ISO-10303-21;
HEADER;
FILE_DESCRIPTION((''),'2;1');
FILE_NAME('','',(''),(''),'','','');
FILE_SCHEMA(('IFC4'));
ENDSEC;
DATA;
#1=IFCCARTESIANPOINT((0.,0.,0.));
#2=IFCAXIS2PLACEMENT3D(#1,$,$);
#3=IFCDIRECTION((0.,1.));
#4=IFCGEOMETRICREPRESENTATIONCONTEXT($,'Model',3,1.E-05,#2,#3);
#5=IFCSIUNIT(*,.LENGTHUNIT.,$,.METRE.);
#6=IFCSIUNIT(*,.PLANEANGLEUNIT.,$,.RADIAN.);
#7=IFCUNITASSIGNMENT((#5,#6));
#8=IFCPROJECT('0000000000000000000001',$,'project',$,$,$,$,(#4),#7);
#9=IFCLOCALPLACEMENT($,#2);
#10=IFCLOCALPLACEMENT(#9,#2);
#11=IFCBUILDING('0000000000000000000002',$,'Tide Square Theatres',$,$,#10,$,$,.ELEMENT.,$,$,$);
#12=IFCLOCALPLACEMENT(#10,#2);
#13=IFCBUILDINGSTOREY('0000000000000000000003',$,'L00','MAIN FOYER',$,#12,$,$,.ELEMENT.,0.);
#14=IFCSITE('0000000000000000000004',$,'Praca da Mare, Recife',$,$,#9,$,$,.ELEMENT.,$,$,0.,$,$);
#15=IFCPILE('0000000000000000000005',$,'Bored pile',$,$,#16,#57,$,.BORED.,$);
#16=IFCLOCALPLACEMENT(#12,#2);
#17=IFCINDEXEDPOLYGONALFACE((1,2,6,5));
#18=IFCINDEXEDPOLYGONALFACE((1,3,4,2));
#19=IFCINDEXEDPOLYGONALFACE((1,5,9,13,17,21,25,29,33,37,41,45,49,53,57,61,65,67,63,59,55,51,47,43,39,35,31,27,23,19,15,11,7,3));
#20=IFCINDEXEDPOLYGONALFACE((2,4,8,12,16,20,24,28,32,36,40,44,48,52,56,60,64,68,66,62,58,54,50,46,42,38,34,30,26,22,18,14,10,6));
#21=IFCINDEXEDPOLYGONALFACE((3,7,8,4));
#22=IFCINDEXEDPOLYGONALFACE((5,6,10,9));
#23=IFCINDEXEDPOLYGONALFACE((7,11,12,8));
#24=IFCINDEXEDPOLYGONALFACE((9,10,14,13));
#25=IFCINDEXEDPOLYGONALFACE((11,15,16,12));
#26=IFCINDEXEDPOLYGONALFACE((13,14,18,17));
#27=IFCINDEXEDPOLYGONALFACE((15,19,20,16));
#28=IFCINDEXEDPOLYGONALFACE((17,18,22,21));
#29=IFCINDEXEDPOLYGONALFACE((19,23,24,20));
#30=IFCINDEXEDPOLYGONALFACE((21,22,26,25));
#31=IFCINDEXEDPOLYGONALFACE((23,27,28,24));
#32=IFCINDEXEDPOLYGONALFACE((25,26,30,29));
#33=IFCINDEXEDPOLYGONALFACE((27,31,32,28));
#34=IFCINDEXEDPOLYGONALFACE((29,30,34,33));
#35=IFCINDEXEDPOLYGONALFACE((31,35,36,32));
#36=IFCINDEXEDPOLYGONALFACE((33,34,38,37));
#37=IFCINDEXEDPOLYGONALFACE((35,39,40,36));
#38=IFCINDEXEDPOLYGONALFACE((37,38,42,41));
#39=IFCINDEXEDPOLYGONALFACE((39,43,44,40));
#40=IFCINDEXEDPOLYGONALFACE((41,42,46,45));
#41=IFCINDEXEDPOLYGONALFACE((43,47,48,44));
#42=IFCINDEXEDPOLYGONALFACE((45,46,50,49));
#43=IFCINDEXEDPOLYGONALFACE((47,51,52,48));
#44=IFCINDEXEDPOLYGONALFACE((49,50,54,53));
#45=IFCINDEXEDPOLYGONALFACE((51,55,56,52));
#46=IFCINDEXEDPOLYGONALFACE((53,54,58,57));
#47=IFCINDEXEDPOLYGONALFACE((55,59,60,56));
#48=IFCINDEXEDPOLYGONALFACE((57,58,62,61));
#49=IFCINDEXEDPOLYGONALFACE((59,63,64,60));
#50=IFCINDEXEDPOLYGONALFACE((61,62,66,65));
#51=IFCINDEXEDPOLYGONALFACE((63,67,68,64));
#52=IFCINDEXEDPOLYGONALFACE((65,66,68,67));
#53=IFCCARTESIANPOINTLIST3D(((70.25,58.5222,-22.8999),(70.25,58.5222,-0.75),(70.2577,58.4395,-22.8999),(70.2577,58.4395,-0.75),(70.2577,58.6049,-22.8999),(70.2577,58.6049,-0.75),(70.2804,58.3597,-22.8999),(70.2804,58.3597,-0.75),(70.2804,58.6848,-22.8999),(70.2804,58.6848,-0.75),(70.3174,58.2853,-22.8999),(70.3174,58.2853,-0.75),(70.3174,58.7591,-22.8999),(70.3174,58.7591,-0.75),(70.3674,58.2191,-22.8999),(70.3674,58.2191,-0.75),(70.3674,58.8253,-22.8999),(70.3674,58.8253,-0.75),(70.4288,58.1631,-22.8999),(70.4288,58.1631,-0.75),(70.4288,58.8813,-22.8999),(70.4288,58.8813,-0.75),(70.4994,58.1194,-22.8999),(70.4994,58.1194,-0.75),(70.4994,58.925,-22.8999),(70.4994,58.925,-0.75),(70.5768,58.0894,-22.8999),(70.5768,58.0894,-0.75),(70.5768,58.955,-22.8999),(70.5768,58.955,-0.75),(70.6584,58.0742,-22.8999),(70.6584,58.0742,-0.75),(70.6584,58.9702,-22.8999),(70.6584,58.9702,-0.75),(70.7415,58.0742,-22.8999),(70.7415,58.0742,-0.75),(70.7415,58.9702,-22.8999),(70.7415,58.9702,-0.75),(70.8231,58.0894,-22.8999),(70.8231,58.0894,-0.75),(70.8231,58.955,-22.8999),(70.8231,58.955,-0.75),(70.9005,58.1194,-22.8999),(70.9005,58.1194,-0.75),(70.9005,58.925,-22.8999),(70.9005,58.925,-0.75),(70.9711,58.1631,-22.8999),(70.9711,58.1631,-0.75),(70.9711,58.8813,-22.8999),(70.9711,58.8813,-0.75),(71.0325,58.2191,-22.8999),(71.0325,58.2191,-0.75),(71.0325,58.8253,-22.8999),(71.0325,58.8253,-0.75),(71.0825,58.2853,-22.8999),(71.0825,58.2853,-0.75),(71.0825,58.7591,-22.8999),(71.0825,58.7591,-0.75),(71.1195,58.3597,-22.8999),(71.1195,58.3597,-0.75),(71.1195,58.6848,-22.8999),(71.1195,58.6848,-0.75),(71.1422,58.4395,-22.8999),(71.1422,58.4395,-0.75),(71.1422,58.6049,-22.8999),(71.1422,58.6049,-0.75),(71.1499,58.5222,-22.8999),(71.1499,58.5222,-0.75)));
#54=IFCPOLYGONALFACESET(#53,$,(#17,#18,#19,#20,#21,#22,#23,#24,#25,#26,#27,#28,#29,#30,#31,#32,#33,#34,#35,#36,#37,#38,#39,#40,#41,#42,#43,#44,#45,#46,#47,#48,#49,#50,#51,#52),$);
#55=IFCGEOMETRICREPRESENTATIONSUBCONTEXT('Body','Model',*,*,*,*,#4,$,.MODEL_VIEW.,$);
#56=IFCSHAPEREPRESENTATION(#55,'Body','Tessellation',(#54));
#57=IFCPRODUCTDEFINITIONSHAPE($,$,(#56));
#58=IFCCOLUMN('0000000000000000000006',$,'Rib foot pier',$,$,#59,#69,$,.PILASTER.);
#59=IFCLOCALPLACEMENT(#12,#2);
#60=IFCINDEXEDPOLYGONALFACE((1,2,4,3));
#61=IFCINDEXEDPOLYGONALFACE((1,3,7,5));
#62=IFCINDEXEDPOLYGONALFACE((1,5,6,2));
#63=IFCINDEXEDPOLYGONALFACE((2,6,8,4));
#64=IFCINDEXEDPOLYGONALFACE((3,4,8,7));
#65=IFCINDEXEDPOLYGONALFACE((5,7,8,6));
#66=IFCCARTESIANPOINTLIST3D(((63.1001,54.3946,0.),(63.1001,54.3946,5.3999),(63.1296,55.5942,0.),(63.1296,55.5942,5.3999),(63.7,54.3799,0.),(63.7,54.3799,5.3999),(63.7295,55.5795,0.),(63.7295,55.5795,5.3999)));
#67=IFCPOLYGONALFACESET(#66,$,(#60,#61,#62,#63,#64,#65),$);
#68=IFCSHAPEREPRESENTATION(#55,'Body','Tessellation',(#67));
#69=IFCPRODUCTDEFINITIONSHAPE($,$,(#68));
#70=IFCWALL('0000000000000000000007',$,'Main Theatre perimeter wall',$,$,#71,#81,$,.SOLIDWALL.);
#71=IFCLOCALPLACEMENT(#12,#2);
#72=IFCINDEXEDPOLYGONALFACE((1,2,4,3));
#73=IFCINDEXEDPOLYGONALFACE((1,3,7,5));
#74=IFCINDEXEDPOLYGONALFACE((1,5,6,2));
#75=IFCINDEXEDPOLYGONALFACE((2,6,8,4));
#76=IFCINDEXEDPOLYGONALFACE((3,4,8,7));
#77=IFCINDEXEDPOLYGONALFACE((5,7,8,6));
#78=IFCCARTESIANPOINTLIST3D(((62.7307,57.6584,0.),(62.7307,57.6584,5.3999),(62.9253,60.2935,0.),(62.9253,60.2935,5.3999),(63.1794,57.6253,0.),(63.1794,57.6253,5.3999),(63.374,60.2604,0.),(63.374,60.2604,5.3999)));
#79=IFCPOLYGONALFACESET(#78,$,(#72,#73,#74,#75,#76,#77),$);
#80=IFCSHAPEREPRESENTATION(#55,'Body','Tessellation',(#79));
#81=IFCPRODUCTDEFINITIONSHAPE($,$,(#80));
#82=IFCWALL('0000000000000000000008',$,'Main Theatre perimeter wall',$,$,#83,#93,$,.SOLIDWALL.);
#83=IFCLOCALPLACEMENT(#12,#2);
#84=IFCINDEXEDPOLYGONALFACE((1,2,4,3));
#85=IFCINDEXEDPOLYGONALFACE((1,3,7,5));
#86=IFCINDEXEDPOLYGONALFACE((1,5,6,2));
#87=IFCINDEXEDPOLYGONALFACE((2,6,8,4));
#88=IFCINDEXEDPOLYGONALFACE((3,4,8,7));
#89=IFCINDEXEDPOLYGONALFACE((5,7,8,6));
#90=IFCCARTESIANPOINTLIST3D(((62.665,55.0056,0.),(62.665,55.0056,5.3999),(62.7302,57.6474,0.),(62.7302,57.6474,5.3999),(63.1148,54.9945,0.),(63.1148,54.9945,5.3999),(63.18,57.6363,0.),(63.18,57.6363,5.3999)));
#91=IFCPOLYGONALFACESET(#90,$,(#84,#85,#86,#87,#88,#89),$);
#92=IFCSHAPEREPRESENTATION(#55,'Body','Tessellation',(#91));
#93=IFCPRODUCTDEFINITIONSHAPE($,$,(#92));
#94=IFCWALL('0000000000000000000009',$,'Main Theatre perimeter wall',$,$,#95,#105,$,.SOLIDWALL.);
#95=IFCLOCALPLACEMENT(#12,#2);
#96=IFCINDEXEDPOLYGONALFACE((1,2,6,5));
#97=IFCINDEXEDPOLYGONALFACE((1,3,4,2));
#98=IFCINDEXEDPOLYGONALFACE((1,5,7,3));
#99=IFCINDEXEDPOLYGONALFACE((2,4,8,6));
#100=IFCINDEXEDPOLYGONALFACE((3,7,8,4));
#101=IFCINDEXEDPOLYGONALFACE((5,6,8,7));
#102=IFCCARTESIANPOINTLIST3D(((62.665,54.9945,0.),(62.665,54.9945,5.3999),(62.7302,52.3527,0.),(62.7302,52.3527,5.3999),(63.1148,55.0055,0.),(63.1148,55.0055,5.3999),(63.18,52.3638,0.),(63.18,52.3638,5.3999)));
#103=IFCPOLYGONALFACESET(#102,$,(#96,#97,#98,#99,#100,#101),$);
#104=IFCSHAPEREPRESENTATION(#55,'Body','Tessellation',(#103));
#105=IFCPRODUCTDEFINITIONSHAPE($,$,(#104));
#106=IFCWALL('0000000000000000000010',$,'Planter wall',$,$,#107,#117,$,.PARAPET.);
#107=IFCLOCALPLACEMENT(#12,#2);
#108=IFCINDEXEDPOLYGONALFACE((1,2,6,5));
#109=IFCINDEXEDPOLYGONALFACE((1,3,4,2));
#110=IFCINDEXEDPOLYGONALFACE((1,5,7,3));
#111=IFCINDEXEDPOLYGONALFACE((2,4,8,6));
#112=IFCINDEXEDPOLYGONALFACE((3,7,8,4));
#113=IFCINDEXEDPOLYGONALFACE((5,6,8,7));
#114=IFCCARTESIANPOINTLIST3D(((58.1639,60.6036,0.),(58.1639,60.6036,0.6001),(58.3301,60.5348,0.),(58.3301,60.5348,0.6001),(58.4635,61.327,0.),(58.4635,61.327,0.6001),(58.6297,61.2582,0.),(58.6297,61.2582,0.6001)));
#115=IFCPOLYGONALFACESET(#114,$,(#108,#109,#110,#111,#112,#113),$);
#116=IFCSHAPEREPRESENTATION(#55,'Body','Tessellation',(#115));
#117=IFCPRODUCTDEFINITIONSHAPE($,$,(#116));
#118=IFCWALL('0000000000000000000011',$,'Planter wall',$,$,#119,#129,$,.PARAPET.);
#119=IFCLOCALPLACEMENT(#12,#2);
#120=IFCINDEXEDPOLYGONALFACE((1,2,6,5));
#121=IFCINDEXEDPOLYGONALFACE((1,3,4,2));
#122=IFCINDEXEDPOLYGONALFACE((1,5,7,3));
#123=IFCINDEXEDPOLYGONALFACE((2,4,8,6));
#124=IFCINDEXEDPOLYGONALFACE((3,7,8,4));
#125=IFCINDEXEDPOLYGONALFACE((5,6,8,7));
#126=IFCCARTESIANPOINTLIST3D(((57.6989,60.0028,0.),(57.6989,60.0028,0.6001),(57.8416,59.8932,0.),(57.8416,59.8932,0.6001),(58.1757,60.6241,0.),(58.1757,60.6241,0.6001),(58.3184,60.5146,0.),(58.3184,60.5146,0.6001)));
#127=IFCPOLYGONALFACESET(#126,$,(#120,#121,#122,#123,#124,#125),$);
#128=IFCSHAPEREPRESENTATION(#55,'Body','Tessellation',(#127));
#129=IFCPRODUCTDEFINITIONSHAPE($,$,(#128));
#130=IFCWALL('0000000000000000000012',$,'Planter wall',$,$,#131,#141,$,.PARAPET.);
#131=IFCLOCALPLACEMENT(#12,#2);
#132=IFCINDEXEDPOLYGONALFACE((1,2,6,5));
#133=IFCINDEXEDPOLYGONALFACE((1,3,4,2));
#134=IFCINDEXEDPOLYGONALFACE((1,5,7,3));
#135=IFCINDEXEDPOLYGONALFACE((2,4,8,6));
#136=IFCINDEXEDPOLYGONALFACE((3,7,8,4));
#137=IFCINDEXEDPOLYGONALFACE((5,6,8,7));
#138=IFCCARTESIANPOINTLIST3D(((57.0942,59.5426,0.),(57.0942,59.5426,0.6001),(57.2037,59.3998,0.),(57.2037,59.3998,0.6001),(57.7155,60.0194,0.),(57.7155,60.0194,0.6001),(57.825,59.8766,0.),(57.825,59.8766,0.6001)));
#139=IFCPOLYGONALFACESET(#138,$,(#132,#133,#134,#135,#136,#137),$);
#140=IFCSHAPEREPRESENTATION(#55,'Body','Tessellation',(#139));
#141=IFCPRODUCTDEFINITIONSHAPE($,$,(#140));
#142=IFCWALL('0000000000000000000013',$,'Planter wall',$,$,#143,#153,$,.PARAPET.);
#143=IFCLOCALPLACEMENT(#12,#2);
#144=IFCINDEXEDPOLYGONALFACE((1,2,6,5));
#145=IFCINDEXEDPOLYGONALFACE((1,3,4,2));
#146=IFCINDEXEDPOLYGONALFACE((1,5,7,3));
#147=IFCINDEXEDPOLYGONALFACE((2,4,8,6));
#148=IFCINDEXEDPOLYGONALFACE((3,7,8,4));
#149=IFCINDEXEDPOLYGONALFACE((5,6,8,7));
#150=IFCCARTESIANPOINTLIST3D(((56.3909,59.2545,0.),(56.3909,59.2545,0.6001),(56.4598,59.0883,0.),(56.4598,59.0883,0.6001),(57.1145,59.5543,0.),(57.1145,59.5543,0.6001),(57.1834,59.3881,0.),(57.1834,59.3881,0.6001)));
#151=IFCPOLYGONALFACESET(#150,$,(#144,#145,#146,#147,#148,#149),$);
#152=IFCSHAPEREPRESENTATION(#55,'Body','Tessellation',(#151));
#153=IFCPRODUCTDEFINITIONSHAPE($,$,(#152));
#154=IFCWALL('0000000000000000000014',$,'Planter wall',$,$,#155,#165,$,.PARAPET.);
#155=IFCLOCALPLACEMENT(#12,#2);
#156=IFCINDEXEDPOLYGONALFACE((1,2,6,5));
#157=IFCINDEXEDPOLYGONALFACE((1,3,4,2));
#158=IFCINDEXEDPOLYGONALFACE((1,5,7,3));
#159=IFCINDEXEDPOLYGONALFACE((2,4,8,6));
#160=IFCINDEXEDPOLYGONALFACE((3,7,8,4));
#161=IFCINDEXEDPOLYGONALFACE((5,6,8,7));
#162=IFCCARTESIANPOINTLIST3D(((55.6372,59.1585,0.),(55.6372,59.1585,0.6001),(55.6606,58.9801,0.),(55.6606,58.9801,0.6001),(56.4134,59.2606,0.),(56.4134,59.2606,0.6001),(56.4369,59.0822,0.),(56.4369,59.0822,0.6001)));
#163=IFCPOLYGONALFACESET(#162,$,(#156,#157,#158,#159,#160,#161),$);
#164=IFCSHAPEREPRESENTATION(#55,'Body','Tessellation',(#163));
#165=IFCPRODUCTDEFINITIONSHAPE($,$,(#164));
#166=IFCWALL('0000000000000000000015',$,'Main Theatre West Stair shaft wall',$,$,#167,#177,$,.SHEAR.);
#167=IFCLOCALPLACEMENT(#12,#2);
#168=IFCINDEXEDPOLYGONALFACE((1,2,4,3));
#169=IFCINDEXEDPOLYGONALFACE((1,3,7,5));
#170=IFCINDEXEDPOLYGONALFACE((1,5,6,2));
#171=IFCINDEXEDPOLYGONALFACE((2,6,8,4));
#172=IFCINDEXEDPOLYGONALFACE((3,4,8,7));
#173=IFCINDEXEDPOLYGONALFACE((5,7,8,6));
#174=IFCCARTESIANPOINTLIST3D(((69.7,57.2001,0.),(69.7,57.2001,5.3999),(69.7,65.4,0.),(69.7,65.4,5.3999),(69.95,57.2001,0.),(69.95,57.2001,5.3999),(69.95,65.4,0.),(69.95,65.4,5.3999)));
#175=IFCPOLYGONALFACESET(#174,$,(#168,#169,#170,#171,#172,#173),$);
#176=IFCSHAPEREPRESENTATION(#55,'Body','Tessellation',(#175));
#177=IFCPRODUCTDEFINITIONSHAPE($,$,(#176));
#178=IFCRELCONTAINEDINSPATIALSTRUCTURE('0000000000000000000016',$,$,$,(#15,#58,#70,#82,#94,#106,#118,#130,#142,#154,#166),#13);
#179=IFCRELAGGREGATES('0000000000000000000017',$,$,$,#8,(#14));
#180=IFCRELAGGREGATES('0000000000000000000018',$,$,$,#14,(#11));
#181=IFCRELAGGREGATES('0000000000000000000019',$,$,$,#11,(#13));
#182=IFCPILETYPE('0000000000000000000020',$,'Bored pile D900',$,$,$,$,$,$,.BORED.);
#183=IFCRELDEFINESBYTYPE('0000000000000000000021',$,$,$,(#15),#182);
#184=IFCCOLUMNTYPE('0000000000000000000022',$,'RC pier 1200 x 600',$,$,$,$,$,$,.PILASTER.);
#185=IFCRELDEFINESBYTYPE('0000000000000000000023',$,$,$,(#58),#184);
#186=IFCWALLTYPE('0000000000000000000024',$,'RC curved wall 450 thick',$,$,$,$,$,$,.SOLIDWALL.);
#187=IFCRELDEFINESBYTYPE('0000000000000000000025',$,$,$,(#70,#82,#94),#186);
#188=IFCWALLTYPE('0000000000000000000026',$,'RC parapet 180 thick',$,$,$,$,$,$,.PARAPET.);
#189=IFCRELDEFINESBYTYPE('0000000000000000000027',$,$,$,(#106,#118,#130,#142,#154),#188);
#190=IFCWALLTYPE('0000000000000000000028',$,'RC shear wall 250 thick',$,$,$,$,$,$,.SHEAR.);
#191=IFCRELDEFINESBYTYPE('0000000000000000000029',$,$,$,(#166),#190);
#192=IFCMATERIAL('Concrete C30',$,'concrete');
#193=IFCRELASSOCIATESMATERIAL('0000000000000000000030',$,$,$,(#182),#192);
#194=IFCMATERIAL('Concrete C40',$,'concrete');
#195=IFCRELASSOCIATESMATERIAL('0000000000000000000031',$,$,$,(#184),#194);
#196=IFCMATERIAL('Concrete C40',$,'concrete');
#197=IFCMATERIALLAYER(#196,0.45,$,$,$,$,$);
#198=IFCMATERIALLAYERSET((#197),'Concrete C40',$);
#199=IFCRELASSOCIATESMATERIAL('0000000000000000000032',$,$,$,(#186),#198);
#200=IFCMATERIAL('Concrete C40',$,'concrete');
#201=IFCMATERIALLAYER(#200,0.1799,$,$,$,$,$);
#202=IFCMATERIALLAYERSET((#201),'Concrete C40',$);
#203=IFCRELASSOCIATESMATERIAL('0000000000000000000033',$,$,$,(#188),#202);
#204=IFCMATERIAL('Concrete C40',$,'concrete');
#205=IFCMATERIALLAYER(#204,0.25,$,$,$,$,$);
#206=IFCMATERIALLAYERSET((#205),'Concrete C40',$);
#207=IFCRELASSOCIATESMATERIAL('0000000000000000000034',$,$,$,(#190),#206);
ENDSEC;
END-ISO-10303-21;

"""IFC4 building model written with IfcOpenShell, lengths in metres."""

from ifc_helpers import new_model, si_unit, direction, frame, frame_2d, origin, origin_2d, place, context, subcontext, project, spatial, rectangle, circle, extrude, material, layer, layer_set, material_profile, profile_set, type_object, element, save


model = new_model("IFC4")

# Units and contexts
model_context = context("Model", 3, precision=1e-05, world=origin(), true_north=direction((0.0, 1.0)))
body_context = subcontext(model_context, "Body", "Model", "MODEL_VIEW")
ifc_project = project(units=[si_unit("LENGTHUNIT", "METRE"), si_unit("PLANEANGLEUNIT", "RADIAN")], contexts=[model_context])

# Site, building, storey
site_placement = place(None, origin())
site = spatial("IfcSite", under=ifc_project, at=site_placement, Name="Praca da Mare, Recife", CompositionType="ELEMENT", RefElevation=0.0)
building_placement = place(site_placement, origin())
building = spatial("IfcBuilding", under=site, at=building_placement, Name="Tide Square Theatres", CompositionType="ELEMENT")
storey_placement = place(building_placement, origin())
storey = spatial("IfcBuildingStorey", under=building, at=storey_placement, Name="L00", Description="MAIN FOYER", CompositionType="ELEMENT", Elevation=0.0)

# Pile
ifc_material_1 = material(Name="Concrete C30", Category="concrete")
ifc_material_profile_1 = material_profile(ifc_material_1, circle(Radius=0.45, at=origin_2d()))
ifc_profile_set_1 = profile_set([ifc_material_profile_1], Name="Concrete C30")
pile_type_1 = type_object("IfcPileType", Name="Bored pile D900", PredefinedType="BORED", material=ifc_profile_set_1)
for number, where, z_axis, x_axis, name in (
    (1, (70.7, 58.5222, -0.75), (0.0, 0.0, -1.0), (1.0, 0.0, 0.0), "Bored pile"),
):
    element("IfcPile", number, at=place(storey_placement, frame(where, z_axis=z_axis, x_axis=x_axis)), inside=storey, type_object=pile_type_1, Name=name, PredefinedType="BORED", context=body_context, shape_type="SweptSolid", body=[
        extrude(circle(Radius=0.45, at=origin_2d()), origin(), (0.0, 0.0, 1.0), 22.1499),
    ])

# Column
ifc_material_2 = material(Name="Concrete C40", Category="concrete")
ifc_material_profile_2 = material_profile(ifc_material_2, rectangle(XDim=1.2, YDim=0.6001, at=origin_2d()))
ifc_profile_set_2 = profile_set([ifc_material_profile_2], Name="Concrete C40")
column_type = type_object("IfcColumnType", Name="RC pier 1200 x 600", PredefinedType="PILASTER", material=ifc_profile_set_2)
column_placement = place(storey_placement, frame((63.4148, 54.9871, 0.0), z_axis=(0.0, 0.0, 1.0), x_axis=(-0.024572, -0.999698, 0.0)))
element("IfcColumn", 2, at=column_placement, inside=storey, type_object=column_type, Name="Rib foot pier", PredefinedType="PILASTER", context=body_context, shape_type="SweptSolid", body=[
    extrude(rectangle(XDim=1.2, YDim=0.6001, at=origin_2d()), origin(), (0.0, 0.0, 1.0), 5.3999),
])

# Walls
ifc_material_3 = material(Name="Concrete C40", Category="concrete")
ifc_layer_1 = layer(ifc_material_3, 0.45)
ifc_layer_set_1 = layer_set([ifc_layer_1], Name="Concrete C40")
wall_type_1 = type_object("IfcWallType", Name="RC curved wall 450 thick", PredefinedType="SOLIDWALL", material=ifc_layer_set_1)
wall_1_placement = place(storey_placement, frame((63.1497, 60.2771, 0.0), z_axis=(0.0, 0.0, 1.0), x_axis=(-0.073637, -0.997285, 0.0)))
element("IfcWall", 3, at=wall_1_placement, inside=storey, type_object=wall_type_1, Name="Main Theatre perimeter wall", PredefinedType="SOLIDWALL", context=body_context, shape_type="SweptSolid", body=[
    extrude(rectangle(XDim=2.6423, YDim=0.45, at=frame_2d((1.3213, 0.0))), origin(), (0.0, 0.0, 1.0), 5.3999),
])
for number, where, z_axis, x_axis, name in (
    (4, (62.9551, 57.6418, 0.0), (0.0, 0.0, 1.0), (-0.024667, -0.999696, 0.0), "Main Theatre perimeter wall"),
    (5, (62.8899, 55.0, 0.0), (0.0, 0.0, 1.0), (0.024667, -0.999696, 0.0), "Main Theatre perimeter wall"),
):
    element("IfcWall", number, at=place(storey_placement, frame(where, z_axis=z_axis, x_axis=x_axis)), inside=storey, type_object=wall_type_1, Name=name, PredefinedType="SOLIDWALL", context=body_context, shape_type="SweptSolid", body=[
        extrude(rectangle(XDim=2.6426, YDim=0.45, at=frame_2d((1.3213, 0.0))), origin(), (0.0, 0.0, 1.0), 5.3999),
    ])
ifc_material_4 = material(Name="Concrete C40", Category="concrete")
ifc_layer_2 = layer(ifc_material_4, 0.1799)
ifc_layer_set_2 = layer_set([ifc_layer_2], Name="Concrete C40")
wall_type_2 = type_object("IfcWallType", Name="RC parapet 180 thick", PredefinedType="PARAPET", material=ifc_layer_set_2)
wall_2_placement = place(storey_placement, frame((58.5466, 61.2927, 0.0), z_axis=(0.0, 0.0, 1.0), x_axis=(-0.3826, -0.923914, 0.0)))
element("IfcWall", 6, at=wall_2_placement, inside=storey, type_object=wall_type_2, Name="Planter wall", PredefinedType="PARAPET", context=body_context, shape_type="SweptSolid", body=[
    extrude(rectangle(XDim=0.783, YDim=0.1799, at=frame_2d((0.3916, 0.0))), origin(), (0.0, 0.0, 1.0), 0.6001),
])
for number, where, z_axis, x_axis, name in (
    (7, (58.2471, 60.5693, 0.0), (0.0, 0.0, 1.0), (-0.608791, -0.79333, 0.0), "Planter wall"),
    (8, (57.7703, 59.948, 0.0), (0.0, 0.0, 1.0), (-0.79333, -0.608791, 0.0), "Planter wall"),
    (9, (57.1489, 59.4712, 0.0), (0.0, 0.0, 1.0), (-0.92385, -0.382756, 0.0), "Planter wall"),
):
    element("IfcWall", number, at=place(storey_placement, frame(where, z_axis=z_axis, x_axis=x_axis)), inside=storey, type_object=wall_type_2, Name=name, PredefinedType="PARAPET", context=body_context, shape_type="SweptSolid", body=[
        extrude(rectangle(XDim=0.7832, YDim=0.1799, at=frame_2d((0.3916, 0.0))), origin(), (0.0, 0.0, 1.0), 0.6001),
    ])
wall_3_placement = place(storey_placement, frame((56.4253, 59.1714, 0.0), z_axis=(0.0, 0.0, 1.0), x_axis=(-0.991471, -0.130325, 0.0)))
element("IfcWall", 10, at=wall_3_placement, inside=storey, type_object=wall_type_2, Name="Planter wall", PredefinedType="PARAPET", context=body_context, shape_type="SweptSolid", body=[
    extrude(rectangle(XDim=0.783, YDim=0.1799, at=frame_2d((0.3916, 0.0))), origin(), (0.0, 0.0, 1.0), 0.6001),
])
ifc_material_5 = material(Name="Concrete C40", Category="concrete")
ifc_layer_3 = layer(ifc_material_5, 0.25)
ifc_layer_set_3 = layer_set([ifc_layer_3], Name="Concrete C40")
wall_type_3 = type_object("IfcWallType", Name="RC shear wall 250 thick", PredefinedType="SHEAR", material=ifc_layer_set_3)
wall_4_placement = place(storey_placement, frame((69.825, 57.2, 0.0), z_axis=(0.0, 0.0, 1.0), x_axis=(0.0, 1.0, 0.0)))
element("IfcWall", 11, at=wall_4_placement, inside=storey, type_object=wall_type_3, Name="Main Theatre West Stair shaft wall", PredefinedType="SHEAR", context=body_context, shape_type="SweptSolid", body=[
    extrude(rectangle(XDim=8.2, YDim=0.25, at=frame_2d((4.1001, 0.0))), origin(), (0.0, 0.0, 1.0), 5.3999),
])

save(model, "model.ifc")
